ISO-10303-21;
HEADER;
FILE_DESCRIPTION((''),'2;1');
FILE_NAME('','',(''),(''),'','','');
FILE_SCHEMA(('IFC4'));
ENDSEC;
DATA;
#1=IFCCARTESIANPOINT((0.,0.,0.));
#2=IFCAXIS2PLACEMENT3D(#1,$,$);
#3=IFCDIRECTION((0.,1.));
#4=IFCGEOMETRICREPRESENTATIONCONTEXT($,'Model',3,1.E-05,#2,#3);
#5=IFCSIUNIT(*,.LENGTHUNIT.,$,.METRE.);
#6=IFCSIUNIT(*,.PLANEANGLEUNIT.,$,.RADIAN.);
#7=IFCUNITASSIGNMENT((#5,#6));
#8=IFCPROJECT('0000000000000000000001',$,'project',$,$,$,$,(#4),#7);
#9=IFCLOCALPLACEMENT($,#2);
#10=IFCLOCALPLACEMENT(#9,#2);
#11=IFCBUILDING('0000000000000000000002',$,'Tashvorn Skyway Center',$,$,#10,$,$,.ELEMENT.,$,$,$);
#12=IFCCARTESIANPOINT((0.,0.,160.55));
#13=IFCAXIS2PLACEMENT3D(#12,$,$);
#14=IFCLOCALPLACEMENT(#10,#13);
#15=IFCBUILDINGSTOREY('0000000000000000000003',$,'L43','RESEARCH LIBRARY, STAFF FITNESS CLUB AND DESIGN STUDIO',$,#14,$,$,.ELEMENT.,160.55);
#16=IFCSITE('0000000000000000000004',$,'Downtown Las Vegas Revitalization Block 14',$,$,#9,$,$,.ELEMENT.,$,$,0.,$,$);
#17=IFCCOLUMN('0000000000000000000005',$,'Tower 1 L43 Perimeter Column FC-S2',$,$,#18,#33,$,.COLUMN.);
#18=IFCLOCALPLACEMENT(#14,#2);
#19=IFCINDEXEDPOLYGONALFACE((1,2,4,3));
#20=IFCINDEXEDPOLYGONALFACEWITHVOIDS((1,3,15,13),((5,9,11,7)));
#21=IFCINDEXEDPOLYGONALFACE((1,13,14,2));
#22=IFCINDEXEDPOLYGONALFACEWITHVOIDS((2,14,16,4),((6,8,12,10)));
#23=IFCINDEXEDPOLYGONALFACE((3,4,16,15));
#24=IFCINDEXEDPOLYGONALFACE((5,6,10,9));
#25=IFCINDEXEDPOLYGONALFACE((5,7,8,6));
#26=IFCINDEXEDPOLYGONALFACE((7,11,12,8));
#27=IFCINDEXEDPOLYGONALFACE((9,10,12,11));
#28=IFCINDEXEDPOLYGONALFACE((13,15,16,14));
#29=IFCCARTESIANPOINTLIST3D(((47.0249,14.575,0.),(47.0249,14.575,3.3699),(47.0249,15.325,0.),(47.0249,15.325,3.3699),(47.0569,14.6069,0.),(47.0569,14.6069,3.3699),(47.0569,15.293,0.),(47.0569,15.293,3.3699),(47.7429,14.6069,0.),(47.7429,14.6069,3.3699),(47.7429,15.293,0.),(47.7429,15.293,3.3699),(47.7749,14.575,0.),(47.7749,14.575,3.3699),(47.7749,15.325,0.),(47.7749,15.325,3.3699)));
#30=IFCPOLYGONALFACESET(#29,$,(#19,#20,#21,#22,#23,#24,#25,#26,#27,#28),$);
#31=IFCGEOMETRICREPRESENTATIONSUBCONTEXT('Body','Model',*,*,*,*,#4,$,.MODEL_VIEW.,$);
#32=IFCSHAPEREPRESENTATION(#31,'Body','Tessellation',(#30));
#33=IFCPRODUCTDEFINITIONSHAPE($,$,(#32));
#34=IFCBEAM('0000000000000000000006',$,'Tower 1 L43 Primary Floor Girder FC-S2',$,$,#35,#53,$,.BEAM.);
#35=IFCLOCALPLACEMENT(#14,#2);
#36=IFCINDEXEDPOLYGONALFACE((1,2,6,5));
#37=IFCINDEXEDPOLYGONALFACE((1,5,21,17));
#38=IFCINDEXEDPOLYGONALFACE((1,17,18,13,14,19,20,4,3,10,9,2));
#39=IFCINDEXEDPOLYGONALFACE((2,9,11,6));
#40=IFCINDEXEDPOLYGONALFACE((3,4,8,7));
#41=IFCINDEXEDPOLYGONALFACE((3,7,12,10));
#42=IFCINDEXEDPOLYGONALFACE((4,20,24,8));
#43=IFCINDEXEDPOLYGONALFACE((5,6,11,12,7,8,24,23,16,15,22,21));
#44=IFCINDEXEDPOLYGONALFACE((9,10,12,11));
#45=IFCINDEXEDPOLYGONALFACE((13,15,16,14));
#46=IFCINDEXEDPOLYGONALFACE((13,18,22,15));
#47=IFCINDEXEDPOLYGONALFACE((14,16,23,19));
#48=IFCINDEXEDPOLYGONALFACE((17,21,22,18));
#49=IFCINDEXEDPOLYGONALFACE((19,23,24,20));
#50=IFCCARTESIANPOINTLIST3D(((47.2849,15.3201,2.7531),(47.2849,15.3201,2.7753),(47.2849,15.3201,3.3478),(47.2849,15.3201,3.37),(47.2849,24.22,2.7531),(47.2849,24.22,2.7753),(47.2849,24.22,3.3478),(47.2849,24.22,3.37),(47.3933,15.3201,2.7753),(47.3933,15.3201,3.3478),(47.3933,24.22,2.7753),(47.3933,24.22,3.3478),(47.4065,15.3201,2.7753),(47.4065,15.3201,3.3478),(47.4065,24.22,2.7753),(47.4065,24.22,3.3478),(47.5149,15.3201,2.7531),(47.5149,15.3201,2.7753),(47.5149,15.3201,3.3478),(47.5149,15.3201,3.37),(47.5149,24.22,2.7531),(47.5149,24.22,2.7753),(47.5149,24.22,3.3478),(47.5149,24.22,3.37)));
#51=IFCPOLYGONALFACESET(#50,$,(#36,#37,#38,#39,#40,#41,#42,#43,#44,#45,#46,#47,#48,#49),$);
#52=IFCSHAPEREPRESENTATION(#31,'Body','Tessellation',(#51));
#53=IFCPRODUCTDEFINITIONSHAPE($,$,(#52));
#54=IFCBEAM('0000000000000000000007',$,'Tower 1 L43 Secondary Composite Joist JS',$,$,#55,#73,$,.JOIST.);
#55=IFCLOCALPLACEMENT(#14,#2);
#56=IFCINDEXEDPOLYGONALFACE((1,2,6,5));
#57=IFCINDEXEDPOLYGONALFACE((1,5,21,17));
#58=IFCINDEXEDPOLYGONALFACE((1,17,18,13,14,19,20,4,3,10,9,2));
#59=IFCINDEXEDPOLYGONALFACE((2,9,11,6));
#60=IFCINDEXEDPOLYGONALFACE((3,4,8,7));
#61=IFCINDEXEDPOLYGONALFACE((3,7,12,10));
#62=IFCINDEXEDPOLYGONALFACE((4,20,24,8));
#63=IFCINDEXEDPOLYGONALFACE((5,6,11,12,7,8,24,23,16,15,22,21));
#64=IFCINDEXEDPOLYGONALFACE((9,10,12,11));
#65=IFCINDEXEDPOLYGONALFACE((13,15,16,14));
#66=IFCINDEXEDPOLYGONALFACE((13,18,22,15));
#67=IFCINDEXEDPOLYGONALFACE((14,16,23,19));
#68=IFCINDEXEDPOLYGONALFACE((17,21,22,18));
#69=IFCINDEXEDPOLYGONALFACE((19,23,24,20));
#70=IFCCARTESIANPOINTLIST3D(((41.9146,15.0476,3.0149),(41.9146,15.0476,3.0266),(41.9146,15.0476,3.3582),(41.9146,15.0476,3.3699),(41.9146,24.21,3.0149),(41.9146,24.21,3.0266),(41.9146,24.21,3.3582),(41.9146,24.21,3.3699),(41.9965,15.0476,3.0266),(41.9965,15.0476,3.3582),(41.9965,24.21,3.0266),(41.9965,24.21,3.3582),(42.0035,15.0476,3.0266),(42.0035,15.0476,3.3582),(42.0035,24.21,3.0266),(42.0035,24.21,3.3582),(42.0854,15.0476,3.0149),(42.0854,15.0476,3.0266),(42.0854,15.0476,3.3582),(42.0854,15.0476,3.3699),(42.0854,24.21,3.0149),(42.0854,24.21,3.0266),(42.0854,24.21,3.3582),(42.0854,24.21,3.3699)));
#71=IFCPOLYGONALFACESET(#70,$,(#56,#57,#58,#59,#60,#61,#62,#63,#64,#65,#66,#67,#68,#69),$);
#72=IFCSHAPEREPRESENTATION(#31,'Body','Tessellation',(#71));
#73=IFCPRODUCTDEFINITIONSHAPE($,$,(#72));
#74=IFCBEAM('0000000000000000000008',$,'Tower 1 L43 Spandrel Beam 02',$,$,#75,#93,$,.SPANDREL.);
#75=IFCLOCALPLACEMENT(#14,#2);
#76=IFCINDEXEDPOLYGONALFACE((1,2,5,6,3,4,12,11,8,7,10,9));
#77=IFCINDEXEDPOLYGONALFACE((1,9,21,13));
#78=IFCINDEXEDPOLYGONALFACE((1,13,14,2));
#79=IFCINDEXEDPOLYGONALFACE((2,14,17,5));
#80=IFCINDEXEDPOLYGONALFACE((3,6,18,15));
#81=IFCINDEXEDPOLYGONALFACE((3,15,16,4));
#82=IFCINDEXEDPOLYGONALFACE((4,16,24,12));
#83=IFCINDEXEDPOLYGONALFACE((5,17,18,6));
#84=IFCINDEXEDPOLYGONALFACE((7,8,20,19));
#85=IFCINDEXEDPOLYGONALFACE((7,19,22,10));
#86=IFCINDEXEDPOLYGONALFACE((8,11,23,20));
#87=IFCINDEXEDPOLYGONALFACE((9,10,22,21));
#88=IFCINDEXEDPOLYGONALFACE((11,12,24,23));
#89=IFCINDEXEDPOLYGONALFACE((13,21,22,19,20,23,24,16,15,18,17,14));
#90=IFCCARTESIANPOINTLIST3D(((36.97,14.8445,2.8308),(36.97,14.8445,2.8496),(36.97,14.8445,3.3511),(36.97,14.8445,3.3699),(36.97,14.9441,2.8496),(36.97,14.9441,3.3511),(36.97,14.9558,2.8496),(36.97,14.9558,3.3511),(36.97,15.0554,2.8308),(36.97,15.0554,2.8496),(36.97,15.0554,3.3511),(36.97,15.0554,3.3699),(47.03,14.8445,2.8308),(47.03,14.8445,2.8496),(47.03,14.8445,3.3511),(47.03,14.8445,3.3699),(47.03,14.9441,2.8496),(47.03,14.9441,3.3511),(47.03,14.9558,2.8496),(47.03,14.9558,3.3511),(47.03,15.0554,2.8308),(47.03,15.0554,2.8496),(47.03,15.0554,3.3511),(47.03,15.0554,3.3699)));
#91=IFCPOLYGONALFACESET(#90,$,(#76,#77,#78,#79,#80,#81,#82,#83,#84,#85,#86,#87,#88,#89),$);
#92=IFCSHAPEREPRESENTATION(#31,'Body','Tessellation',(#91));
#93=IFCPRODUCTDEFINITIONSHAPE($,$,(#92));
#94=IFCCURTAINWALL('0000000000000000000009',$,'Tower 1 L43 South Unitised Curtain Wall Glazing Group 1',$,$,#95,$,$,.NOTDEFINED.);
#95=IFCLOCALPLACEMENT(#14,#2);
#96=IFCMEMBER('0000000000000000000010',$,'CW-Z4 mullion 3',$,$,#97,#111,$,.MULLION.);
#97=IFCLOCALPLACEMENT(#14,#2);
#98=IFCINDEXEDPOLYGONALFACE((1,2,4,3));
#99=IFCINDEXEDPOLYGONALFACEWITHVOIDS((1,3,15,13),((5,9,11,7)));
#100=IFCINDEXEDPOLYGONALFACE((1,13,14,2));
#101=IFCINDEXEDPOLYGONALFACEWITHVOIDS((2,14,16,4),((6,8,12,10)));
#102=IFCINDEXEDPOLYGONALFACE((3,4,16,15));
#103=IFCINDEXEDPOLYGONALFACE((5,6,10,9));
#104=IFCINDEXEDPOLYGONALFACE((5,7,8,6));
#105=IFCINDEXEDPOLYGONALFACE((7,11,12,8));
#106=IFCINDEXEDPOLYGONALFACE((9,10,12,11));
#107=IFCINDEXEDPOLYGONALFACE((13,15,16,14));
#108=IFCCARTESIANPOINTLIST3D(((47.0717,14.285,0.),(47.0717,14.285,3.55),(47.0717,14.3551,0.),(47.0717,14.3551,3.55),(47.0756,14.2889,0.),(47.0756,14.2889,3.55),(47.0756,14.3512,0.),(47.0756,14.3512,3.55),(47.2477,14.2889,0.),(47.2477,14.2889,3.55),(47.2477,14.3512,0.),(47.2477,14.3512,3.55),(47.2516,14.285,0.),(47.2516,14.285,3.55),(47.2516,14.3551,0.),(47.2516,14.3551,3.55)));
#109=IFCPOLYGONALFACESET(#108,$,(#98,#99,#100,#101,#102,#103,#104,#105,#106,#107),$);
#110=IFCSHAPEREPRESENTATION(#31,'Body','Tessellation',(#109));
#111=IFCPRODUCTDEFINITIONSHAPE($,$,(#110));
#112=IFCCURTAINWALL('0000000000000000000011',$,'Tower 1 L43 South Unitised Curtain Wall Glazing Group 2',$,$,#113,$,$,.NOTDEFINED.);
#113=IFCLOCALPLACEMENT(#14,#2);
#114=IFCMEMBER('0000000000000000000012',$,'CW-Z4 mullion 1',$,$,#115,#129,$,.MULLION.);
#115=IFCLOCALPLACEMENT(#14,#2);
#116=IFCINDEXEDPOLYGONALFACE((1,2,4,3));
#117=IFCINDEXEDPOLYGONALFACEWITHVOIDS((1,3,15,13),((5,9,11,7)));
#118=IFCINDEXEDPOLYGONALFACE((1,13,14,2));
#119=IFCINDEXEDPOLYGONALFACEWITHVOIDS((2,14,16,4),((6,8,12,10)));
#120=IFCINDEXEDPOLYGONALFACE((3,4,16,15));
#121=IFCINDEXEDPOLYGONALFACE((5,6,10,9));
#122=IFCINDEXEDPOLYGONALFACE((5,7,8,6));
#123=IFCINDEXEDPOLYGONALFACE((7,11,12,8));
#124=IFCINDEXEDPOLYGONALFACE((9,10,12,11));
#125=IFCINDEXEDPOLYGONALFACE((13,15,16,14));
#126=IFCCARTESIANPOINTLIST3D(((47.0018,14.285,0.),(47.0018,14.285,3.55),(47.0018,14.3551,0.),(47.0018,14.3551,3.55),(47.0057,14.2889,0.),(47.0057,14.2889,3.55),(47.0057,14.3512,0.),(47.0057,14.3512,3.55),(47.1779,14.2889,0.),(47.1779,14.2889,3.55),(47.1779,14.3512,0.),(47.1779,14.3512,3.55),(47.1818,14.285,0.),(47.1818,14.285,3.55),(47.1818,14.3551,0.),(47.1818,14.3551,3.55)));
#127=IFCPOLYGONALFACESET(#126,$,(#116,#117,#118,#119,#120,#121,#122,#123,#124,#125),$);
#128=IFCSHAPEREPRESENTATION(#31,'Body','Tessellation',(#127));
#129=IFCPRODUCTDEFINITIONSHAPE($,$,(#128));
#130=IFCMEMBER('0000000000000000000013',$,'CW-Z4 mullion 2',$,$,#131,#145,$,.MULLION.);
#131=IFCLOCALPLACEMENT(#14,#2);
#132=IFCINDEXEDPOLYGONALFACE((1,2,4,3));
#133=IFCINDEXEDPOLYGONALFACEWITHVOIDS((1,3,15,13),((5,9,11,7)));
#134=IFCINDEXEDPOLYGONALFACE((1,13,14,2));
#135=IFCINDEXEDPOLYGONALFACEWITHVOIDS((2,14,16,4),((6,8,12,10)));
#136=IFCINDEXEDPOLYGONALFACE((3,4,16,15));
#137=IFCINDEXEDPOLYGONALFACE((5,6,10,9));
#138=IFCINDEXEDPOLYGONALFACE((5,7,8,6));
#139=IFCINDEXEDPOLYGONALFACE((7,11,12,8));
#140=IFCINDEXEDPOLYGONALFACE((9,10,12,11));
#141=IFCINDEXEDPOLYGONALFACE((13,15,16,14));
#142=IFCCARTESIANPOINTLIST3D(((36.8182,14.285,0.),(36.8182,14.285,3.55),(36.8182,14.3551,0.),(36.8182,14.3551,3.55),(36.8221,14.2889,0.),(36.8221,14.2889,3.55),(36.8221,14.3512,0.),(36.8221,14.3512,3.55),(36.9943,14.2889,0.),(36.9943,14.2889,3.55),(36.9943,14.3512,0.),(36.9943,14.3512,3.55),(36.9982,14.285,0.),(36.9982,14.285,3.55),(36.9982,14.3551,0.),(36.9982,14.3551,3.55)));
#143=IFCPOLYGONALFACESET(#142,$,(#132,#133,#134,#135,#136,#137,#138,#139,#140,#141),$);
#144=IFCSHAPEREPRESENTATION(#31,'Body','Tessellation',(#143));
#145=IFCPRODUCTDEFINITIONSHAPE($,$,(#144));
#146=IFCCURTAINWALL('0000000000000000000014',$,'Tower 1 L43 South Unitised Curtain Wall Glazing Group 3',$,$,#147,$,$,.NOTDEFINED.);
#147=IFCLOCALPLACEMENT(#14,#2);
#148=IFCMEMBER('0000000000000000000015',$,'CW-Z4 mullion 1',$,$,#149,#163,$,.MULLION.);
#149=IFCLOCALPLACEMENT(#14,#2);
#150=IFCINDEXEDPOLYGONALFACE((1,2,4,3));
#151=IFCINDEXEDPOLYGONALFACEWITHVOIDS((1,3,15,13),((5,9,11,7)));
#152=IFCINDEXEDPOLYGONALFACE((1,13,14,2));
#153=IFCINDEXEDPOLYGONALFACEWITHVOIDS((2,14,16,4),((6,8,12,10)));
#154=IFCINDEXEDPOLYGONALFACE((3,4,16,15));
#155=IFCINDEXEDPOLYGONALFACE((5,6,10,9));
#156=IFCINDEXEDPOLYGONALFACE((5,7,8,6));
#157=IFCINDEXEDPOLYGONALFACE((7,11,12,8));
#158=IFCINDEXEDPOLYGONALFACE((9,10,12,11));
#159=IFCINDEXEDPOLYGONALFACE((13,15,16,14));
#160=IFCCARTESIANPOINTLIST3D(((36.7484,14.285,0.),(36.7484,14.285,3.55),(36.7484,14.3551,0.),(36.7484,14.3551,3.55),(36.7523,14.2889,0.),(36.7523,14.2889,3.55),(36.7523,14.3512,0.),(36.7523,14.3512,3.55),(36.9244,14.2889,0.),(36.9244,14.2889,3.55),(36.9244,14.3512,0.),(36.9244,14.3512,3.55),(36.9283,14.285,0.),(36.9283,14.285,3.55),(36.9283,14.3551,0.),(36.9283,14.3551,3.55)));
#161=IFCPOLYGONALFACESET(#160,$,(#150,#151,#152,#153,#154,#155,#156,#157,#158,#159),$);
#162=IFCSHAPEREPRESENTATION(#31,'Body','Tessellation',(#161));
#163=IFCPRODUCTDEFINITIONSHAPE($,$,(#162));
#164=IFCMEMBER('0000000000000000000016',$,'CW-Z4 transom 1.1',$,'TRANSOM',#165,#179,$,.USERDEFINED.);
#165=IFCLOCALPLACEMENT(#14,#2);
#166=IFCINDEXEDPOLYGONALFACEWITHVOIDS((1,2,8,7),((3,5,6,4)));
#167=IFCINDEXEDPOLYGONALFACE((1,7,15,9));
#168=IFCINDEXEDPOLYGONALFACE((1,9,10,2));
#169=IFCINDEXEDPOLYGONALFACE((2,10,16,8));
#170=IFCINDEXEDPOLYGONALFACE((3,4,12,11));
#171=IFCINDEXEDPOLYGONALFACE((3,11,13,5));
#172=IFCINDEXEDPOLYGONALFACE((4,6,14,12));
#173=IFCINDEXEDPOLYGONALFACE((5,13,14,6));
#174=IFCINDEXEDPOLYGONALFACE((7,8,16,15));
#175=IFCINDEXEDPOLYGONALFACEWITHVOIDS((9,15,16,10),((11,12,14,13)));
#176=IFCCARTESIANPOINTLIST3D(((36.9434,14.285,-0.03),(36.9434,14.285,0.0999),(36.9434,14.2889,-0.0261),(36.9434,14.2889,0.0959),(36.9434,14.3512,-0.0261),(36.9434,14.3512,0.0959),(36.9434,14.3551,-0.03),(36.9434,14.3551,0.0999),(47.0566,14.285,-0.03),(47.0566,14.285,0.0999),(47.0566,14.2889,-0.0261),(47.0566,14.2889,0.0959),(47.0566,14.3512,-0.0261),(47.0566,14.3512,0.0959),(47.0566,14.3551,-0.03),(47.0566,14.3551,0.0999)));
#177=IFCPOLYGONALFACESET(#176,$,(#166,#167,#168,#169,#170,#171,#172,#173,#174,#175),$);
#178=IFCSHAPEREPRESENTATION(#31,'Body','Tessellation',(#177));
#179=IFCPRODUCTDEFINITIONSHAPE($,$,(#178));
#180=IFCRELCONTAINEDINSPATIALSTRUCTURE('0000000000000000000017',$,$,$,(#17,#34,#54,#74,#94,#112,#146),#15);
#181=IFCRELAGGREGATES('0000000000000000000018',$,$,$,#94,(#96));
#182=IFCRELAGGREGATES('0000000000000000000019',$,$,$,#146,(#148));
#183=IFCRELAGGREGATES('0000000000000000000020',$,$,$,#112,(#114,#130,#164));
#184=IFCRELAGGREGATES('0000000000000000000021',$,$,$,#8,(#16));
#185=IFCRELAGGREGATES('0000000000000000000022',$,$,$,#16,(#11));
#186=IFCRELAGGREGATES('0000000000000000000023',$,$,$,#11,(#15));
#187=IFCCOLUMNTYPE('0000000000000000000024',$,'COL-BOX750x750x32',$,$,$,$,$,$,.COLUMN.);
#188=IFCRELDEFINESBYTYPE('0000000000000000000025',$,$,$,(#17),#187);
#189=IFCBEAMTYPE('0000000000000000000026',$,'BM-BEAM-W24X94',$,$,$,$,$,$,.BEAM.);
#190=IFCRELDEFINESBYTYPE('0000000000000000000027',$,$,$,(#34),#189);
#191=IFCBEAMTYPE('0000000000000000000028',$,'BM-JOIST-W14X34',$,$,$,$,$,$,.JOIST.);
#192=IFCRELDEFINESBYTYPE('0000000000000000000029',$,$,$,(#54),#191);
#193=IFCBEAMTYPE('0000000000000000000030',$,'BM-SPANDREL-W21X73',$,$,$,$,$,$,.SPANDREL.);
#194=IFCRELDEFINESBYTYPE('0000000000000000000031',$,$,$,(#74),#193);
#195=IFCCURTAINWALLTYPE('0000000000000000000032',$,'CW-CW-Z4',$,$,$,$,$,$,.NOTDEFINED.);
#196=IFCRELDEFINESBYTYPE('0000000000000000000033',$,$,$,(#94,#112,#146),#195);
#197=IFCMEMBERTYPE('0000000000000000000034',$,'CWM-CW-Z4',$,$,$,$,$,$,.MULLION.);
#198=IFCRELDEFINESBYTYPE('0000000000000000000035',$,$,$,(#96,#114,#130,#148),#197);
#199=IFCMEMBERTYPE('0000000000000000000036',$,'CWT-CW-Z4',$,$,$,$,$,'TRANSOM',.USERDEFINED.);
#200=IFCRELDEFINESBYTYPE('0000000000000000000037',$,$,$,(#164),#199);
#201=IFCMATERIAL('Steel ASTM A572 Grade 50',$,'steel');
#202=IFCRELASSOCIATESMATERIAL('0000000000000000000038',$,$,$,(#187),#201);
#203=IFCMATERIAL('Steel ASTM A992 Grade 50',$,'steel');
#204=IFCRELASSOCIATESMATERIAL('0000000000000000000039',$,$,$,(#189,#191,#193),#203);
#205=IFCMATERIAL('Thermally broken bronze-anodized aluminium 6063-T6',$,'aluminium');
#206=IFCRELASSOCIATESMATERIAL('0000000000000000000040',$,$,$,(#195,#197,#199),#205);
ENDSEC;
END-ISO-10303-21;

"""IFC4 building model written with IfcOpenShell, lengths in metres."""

from ifc_helpers import new_model, si_unit, direction, frame, origin, origin_2d, place, context, subcontext, project, spatial, hollow_rectangle, i_section, extrude, material, material_profile, profile_set, type_object, element, aggregate, save


model = new_model("IFC4")

# Units and contexts
model_context = context("Model", 3, precision=1e-05, world=origin(), true_north=direction((0.0, 1.0)))
body_context = subcontext(model_context, "Body", "Model", "MODEL_VIEW")
ifc_project = project(units=[si_unit("LENGTHUNIT", "METRE"), si_unit("PLANEANGLEUNIT", "RADIAN")], contexts=[model_context])

# Site, building, storey
site_placement = place(None, origin())
site = spatial("IfcSite", under=ifc_project, at=site_placement, Name="Downtown Las Vegas Revitalization Block 14", CompositionType="ELEMENT", RefElevation=0.0)
building_placement = place(site_placement, origin())
building = spatial("IfcBuilding", under=site, at=building_placement, Name="Tashvorn Skyway Center", CompositionType="ELEMENT")
storey_placement = place(building_placement, frame((0.0, 0.0, 160.55)))
storey = spatial("IfcBuildingStorey", under=building, at=storey_placement, Name="L43", Description="RESEARCH LIBRARY, STAFF FITNESS CLUB AND DESIGN STUDIO", CompositionType="ELEMENT", Elevation=160.55)

# Column
ifc_material_1 = material(Name="Steel ASTM A572 Grade 50", Category="steel")
ifc_material_profile_1 = material_profile(ifc_material_1, hollow_rectangle(XDim=0.75, YDim=0.75, WallThickness=0.032, at=origin_2d()), Name="BOX750x750x32")
ifc_profile_set_1 = profile_set([ifc_material_profile_1], Name="Steel ASTM A572 Grade 50")
column_type = type_object("IfcColumnType", Name="COL-BOX750x750x32", PredefinedType="COLUMN", material=ifc_profile_set_1)
column_placement = place(storey_placement, frame((47.3999, 14.95, 0.0), z_axis=(0.0, 0.0, 1.0), x_axis=(1.0, 0.0, 0.0)))
element("IfcColumn", 1, at=column_placement, inside=storey, type_object=column_type, Name="Tower 1 L43 Perimeter Column FC-S2", PredefinedType="COLUMN", context=body_context, shape_type="SweptSolid", body=[
    extrude(hollow_rectangle(XDim=0.75, YDim=0.75, WallThickness=0.032, at=origin_2d()), origin(), (0.0, 0.0, 1.0), 3.3699),
])

# Beams
ifc_material_2 = material(Name="Steel ASTM A992 Grade 50", Category="steel")
ifc_material_profile_2 = material_profile(ifc_material_2, i_section(OverallWidth=0.23, OverallDepth=0.6169, WebThickness=0.0132, FlangeThickness=0.0222, at=origin_2d()), Name="W24X94")
ifc_profile_set_2 = profile_set([ifc_material_profile_2], Name="Steel ASTM A992 Grade 50")
beam_type_1 = type_object("IfcBeamType", Name="BM-BEAM-W24X94", PredefinedType="BEAM", material=ifc_profile_set_2)
beam_1_placement = place(storey_placement, frame((47.3999, 15.3201, 3.0615), z_axis=(0.0, 1.0, 0.0), x_axis=(-1.0, 0.0, 0.0)))
element("IfcBeam", 2, at=beam_1_placement, inside=storey, type_object=beam_type_1, Name="Tower 1 L43 Primary Floor Girder FC-S2", PredefinedType="BEAM", context=body_context, shape_type="SweptSolid", body=[
    extrude(i_section(OverallWidth=0.23, OverallDepth=0.6169, WebThickness=0.0132, FlangeThickness=0.0222, at=origin_2d()), origin(), (0.0, 0.0, 1.0), 8.8999),
])
ifc_material_profile_3 = material_profile(ifc_material_2, i_section(OverallWidth=0.1709, OverallDepth=0.355, WebThickness=0.0071, FlangeThickness=0.0117, at=origin_2d()), Name="W14X34")
ifc_profile_set_3 = profile_set([ifc_material_profile_3], Name="Steel ASTM A992 Grade 50")
beam_type_2 = type_object("IfcBeamType", Name="BM-JOIST-W14X34", PredefinedType="JOIST", material=ifc_profile_set_3)
beam_2_placement = place(storey_placement, frame((42.0, 24.21, 3.1924), z_axis=(0.0, -1.0, 0.0), x_axis=(1.0, 0.0, 0.0)))
element("IfcBeam", 3, at=beam_2_placement, inside=storey, type_object=beam_type_2, Name="Tower 1 L43 Secondary Composite Joist JS", PredefinedType="JOIST", context=body_context, shape_type="SweptSolid", body=[
    extrude(i_section(OverallWidth=0.1709, OverallDepth=0.355, WebThickness=0.0071, FlangeThickness=0.0117, at=origin_2d()), origin(), (0.0, 0.0, 1.0), 9.1624),
])
ifc_material_profile_4 = material_profile(ifc_material_2, i_section(OverallWidth=0.2109, OverallDepth=0.5391, WebThickness=0.0117, FlangeThickness=0.0188, at=origin_2d()), Name="W21X73")
ifc_profile_set_4 = profile_set([ifc_material_profile_4], Name="Steel ASTM A992 Grade 50")
beam_type_3 = type_object("IfcBeamType", Name="BM-SPANDREL-W21X73", PredefinedType="SPANDREL", material=ifc_profile_set_4)
beam_3_placement = place(storey_placement, frame((36.97, 14.95, 3.1003), z_axis=(1.0, 0.0, 0.0), x_axis=(0.0, 1.0, 0.0)))
element("IfcBeam", 4, at=beam_3_placement, inside=storey, type_object=beam_type_3, Name="Tower 1 L43 Spandrel Beam 02", PredefinedType="SPANDREL", context=body_context, shape_type="SweptSolid", body=[
    extrude(i_section(OverallWidth=0.2109, OverallDepth=0.5391, WebThickness=0.0117, FlangeThickness=0.0188, at=origin_2d()), origin(), (0.0, 0.0, 1.0), 10.0601),
])

# Curtain wall, member
ifc_material_3 = material(Name="Thermally broken bronze-anodized aluminium 6063-T6", Category="aluminium")
curtain_wall_type = type_object("IfcCurtainWallType", Name="CW-CW-Z4", PredefinedType="NOTDEFINED", material=ifc_material_3)
curtain_wall_1_placement = place(storey_placement, origin())
curtain_wall_1 = element("IfcCurtainWall", 5, at=curtain_wall_1_placement, inside=storey, type_object=curtain_wall_type, Name="Tower 1 L43 South Unitised Curtain Wall Glazing Group 1", PredefinedType="NOTDEFINED")
ifc_material_profile_5 = material_profile(ifc_material_3, hollow_rectangle(XDim=0.0701, YDim=0.1799, WallThickness=0.0039, at=origin_2d()), Name="ALU-MULL-70x180")
ifc_profile_set_5 = profile_set([ifc_material_profile_5], Name="Thermally broken bronze-anodized aluminium 6063-T6")
member_type_1 = type_object("IfcMemberType", Name="CWM-CW-Z4", PredefinedType="MULLION", material=ifc_profile_set_5)
member_1_placement = place(storey_placement, frame((47.1616, 14.3201, 0.0), z_axis=(0.0, 0.0, 1.0), x_axis=(0.0, -1.0, 0.0)))
member_1 = element("IfcMember", 6, at=member_1_placement, type_object=member_type_1, Name="CW-Z4 mullion 3", PredefinedType="MULLION", context=body_context, shape_type="SweptSolid", body=[
    extrude(hollow_rectangle(XDim=0.0701, YDim=0.1799, WallThickness=0.0039, at=origin_2d()), origin(), (0.0, 0.0, 1.0), 3.55),
])
aggregate(curtain_wall_1, [member_1])

# Curtain wall, members
curtain_wall_2_placement = place(storey_placement, origin())
curtain_wall_2 = element("IfcCurtainWall", 7, at=curtain_wall_2_placement, inside=storey, type_object=curtain_wall_type, Name="Tower 1 L43 South Unitised Curtain Wall Glazing Group 2", PredefinedType="NOTDEFINED")
member_2_placement = place(storey_placement, frame((47.0918, 14.3201, 0.0), z_axis=(0.0, 0.0, 1.0), x_axis=(0.0, -1.0, 0.0)))
member_2 = element("IfcMember", 8, at=member_2_placement, type_object=member_type_1, Name="CW-Z4 mullion 1", PredefinedType="MULLION", context=body_context, shape_type="SweptSolid", body=[
    extrude(hollow_rectangle(XDim=0.0701, YDim=0.1799, WallThickness=0.0039, at=origin_2d()), origin(), (0.0, 0.0, 1.0), 3.55),
])
member_3_placement = place(storey_placement, frame((36.9082, 14.3201, 0.0), z_axis=(0.0, 0.0, 1.0), x_axis=(0.0, -1.0, 0.0)))
member_3 = element("IfcMember", 9, at=member_3_placement, type_object=member_type_1, Name="CW-Z4 mullion 2", PredefinedType="MULLION", context=body_context, shape_type="SweptSolid", body=[
    extrude(hollow_rectangle(XDim=0.0701, YDim=0.1799, WallThickness=0.0039, at=origin_2d()), origin(), (0.0, 0.0, 1.0), 3.55),
])

# Curtain wall, member
curtain_wall_3_placement = place(storey_placement, origin())
curtain_wall_3 = element("IfcCurtainWall", 10, at=curtain_wall_3_placement, inside=storey, type_object=curtain_wall_type, Name="Tower 1 L43 South Unitised Curtain Wall Glazing Group 3", PredefinedType="NOTDEFINED")
member_4_placement = place(storey_placement, frame((36.8384, 14.3201, 0.0), z_axis=(0.0, 0.0, 1.0), x_axis=(0.0, -1.0, 0.0)))
member_4 = element("IfcMember", 11, at=member_4_placement, type_object=member_type_1, Name="CW-Z4 mullion 1", PredefinedType="MULLION", context=body_context, shape_type="SweptSolid", body=[
    extrude(hollow_rectangle(XDim=0.0701, YDim=0.1799, WallThickness=0.0039, at=origin_2d()), origin(), (0.0, 0.0, 1.0), 3.55),
])

# Member
ifc_material_profile_6 = material_profile(ifc_material_3, hollow_rectangle(XDim=0.0701, YDim=0.1299, WallThickness=0.0039, at=origin_2d()), Name="ALU-TRAN-70x130")
ifc_profile_set_6 = profile_set([ifc_material_profile_6], Name="Thermally broken bronze-anodized aluminium 6063-T6")
member_type_2 = type_object("IfcMemberType", Name="CWT-CW-Z4", ElementType="TRANSOM", PredefinedType="USERDEFINED", material=ifc_profile_set_6)
member_5_placement = place(storey_placement, frame((47.0566, 14.3201, 0.0349), z_axis=(-1.0, 0.0, 0.0), x_axis=(0.0, -1.0, 0.0)))
member_5 = element("IfcMember", 12, at=member_5_placement, type_object=member_type_2, Name="CW-Z4 transom 1.1", ObjectType="TRANSOM", PredefinedType="USERDEFINED", context=body_context, shape_type="SweptSolid", body=[
    extrude(hollow_rectangle(XDim=0.0701, YDim=0.1299, WallThickness=0.0039, at=origin_2d()), origin(), (0.0, 0.0, 1.0), 10.1133),
])
aggregate(curtain_wall_3, [member_4])

aggregate(curtain_wall_2, [member_2, member_3, member_5])

save(model, "model.ifc")
